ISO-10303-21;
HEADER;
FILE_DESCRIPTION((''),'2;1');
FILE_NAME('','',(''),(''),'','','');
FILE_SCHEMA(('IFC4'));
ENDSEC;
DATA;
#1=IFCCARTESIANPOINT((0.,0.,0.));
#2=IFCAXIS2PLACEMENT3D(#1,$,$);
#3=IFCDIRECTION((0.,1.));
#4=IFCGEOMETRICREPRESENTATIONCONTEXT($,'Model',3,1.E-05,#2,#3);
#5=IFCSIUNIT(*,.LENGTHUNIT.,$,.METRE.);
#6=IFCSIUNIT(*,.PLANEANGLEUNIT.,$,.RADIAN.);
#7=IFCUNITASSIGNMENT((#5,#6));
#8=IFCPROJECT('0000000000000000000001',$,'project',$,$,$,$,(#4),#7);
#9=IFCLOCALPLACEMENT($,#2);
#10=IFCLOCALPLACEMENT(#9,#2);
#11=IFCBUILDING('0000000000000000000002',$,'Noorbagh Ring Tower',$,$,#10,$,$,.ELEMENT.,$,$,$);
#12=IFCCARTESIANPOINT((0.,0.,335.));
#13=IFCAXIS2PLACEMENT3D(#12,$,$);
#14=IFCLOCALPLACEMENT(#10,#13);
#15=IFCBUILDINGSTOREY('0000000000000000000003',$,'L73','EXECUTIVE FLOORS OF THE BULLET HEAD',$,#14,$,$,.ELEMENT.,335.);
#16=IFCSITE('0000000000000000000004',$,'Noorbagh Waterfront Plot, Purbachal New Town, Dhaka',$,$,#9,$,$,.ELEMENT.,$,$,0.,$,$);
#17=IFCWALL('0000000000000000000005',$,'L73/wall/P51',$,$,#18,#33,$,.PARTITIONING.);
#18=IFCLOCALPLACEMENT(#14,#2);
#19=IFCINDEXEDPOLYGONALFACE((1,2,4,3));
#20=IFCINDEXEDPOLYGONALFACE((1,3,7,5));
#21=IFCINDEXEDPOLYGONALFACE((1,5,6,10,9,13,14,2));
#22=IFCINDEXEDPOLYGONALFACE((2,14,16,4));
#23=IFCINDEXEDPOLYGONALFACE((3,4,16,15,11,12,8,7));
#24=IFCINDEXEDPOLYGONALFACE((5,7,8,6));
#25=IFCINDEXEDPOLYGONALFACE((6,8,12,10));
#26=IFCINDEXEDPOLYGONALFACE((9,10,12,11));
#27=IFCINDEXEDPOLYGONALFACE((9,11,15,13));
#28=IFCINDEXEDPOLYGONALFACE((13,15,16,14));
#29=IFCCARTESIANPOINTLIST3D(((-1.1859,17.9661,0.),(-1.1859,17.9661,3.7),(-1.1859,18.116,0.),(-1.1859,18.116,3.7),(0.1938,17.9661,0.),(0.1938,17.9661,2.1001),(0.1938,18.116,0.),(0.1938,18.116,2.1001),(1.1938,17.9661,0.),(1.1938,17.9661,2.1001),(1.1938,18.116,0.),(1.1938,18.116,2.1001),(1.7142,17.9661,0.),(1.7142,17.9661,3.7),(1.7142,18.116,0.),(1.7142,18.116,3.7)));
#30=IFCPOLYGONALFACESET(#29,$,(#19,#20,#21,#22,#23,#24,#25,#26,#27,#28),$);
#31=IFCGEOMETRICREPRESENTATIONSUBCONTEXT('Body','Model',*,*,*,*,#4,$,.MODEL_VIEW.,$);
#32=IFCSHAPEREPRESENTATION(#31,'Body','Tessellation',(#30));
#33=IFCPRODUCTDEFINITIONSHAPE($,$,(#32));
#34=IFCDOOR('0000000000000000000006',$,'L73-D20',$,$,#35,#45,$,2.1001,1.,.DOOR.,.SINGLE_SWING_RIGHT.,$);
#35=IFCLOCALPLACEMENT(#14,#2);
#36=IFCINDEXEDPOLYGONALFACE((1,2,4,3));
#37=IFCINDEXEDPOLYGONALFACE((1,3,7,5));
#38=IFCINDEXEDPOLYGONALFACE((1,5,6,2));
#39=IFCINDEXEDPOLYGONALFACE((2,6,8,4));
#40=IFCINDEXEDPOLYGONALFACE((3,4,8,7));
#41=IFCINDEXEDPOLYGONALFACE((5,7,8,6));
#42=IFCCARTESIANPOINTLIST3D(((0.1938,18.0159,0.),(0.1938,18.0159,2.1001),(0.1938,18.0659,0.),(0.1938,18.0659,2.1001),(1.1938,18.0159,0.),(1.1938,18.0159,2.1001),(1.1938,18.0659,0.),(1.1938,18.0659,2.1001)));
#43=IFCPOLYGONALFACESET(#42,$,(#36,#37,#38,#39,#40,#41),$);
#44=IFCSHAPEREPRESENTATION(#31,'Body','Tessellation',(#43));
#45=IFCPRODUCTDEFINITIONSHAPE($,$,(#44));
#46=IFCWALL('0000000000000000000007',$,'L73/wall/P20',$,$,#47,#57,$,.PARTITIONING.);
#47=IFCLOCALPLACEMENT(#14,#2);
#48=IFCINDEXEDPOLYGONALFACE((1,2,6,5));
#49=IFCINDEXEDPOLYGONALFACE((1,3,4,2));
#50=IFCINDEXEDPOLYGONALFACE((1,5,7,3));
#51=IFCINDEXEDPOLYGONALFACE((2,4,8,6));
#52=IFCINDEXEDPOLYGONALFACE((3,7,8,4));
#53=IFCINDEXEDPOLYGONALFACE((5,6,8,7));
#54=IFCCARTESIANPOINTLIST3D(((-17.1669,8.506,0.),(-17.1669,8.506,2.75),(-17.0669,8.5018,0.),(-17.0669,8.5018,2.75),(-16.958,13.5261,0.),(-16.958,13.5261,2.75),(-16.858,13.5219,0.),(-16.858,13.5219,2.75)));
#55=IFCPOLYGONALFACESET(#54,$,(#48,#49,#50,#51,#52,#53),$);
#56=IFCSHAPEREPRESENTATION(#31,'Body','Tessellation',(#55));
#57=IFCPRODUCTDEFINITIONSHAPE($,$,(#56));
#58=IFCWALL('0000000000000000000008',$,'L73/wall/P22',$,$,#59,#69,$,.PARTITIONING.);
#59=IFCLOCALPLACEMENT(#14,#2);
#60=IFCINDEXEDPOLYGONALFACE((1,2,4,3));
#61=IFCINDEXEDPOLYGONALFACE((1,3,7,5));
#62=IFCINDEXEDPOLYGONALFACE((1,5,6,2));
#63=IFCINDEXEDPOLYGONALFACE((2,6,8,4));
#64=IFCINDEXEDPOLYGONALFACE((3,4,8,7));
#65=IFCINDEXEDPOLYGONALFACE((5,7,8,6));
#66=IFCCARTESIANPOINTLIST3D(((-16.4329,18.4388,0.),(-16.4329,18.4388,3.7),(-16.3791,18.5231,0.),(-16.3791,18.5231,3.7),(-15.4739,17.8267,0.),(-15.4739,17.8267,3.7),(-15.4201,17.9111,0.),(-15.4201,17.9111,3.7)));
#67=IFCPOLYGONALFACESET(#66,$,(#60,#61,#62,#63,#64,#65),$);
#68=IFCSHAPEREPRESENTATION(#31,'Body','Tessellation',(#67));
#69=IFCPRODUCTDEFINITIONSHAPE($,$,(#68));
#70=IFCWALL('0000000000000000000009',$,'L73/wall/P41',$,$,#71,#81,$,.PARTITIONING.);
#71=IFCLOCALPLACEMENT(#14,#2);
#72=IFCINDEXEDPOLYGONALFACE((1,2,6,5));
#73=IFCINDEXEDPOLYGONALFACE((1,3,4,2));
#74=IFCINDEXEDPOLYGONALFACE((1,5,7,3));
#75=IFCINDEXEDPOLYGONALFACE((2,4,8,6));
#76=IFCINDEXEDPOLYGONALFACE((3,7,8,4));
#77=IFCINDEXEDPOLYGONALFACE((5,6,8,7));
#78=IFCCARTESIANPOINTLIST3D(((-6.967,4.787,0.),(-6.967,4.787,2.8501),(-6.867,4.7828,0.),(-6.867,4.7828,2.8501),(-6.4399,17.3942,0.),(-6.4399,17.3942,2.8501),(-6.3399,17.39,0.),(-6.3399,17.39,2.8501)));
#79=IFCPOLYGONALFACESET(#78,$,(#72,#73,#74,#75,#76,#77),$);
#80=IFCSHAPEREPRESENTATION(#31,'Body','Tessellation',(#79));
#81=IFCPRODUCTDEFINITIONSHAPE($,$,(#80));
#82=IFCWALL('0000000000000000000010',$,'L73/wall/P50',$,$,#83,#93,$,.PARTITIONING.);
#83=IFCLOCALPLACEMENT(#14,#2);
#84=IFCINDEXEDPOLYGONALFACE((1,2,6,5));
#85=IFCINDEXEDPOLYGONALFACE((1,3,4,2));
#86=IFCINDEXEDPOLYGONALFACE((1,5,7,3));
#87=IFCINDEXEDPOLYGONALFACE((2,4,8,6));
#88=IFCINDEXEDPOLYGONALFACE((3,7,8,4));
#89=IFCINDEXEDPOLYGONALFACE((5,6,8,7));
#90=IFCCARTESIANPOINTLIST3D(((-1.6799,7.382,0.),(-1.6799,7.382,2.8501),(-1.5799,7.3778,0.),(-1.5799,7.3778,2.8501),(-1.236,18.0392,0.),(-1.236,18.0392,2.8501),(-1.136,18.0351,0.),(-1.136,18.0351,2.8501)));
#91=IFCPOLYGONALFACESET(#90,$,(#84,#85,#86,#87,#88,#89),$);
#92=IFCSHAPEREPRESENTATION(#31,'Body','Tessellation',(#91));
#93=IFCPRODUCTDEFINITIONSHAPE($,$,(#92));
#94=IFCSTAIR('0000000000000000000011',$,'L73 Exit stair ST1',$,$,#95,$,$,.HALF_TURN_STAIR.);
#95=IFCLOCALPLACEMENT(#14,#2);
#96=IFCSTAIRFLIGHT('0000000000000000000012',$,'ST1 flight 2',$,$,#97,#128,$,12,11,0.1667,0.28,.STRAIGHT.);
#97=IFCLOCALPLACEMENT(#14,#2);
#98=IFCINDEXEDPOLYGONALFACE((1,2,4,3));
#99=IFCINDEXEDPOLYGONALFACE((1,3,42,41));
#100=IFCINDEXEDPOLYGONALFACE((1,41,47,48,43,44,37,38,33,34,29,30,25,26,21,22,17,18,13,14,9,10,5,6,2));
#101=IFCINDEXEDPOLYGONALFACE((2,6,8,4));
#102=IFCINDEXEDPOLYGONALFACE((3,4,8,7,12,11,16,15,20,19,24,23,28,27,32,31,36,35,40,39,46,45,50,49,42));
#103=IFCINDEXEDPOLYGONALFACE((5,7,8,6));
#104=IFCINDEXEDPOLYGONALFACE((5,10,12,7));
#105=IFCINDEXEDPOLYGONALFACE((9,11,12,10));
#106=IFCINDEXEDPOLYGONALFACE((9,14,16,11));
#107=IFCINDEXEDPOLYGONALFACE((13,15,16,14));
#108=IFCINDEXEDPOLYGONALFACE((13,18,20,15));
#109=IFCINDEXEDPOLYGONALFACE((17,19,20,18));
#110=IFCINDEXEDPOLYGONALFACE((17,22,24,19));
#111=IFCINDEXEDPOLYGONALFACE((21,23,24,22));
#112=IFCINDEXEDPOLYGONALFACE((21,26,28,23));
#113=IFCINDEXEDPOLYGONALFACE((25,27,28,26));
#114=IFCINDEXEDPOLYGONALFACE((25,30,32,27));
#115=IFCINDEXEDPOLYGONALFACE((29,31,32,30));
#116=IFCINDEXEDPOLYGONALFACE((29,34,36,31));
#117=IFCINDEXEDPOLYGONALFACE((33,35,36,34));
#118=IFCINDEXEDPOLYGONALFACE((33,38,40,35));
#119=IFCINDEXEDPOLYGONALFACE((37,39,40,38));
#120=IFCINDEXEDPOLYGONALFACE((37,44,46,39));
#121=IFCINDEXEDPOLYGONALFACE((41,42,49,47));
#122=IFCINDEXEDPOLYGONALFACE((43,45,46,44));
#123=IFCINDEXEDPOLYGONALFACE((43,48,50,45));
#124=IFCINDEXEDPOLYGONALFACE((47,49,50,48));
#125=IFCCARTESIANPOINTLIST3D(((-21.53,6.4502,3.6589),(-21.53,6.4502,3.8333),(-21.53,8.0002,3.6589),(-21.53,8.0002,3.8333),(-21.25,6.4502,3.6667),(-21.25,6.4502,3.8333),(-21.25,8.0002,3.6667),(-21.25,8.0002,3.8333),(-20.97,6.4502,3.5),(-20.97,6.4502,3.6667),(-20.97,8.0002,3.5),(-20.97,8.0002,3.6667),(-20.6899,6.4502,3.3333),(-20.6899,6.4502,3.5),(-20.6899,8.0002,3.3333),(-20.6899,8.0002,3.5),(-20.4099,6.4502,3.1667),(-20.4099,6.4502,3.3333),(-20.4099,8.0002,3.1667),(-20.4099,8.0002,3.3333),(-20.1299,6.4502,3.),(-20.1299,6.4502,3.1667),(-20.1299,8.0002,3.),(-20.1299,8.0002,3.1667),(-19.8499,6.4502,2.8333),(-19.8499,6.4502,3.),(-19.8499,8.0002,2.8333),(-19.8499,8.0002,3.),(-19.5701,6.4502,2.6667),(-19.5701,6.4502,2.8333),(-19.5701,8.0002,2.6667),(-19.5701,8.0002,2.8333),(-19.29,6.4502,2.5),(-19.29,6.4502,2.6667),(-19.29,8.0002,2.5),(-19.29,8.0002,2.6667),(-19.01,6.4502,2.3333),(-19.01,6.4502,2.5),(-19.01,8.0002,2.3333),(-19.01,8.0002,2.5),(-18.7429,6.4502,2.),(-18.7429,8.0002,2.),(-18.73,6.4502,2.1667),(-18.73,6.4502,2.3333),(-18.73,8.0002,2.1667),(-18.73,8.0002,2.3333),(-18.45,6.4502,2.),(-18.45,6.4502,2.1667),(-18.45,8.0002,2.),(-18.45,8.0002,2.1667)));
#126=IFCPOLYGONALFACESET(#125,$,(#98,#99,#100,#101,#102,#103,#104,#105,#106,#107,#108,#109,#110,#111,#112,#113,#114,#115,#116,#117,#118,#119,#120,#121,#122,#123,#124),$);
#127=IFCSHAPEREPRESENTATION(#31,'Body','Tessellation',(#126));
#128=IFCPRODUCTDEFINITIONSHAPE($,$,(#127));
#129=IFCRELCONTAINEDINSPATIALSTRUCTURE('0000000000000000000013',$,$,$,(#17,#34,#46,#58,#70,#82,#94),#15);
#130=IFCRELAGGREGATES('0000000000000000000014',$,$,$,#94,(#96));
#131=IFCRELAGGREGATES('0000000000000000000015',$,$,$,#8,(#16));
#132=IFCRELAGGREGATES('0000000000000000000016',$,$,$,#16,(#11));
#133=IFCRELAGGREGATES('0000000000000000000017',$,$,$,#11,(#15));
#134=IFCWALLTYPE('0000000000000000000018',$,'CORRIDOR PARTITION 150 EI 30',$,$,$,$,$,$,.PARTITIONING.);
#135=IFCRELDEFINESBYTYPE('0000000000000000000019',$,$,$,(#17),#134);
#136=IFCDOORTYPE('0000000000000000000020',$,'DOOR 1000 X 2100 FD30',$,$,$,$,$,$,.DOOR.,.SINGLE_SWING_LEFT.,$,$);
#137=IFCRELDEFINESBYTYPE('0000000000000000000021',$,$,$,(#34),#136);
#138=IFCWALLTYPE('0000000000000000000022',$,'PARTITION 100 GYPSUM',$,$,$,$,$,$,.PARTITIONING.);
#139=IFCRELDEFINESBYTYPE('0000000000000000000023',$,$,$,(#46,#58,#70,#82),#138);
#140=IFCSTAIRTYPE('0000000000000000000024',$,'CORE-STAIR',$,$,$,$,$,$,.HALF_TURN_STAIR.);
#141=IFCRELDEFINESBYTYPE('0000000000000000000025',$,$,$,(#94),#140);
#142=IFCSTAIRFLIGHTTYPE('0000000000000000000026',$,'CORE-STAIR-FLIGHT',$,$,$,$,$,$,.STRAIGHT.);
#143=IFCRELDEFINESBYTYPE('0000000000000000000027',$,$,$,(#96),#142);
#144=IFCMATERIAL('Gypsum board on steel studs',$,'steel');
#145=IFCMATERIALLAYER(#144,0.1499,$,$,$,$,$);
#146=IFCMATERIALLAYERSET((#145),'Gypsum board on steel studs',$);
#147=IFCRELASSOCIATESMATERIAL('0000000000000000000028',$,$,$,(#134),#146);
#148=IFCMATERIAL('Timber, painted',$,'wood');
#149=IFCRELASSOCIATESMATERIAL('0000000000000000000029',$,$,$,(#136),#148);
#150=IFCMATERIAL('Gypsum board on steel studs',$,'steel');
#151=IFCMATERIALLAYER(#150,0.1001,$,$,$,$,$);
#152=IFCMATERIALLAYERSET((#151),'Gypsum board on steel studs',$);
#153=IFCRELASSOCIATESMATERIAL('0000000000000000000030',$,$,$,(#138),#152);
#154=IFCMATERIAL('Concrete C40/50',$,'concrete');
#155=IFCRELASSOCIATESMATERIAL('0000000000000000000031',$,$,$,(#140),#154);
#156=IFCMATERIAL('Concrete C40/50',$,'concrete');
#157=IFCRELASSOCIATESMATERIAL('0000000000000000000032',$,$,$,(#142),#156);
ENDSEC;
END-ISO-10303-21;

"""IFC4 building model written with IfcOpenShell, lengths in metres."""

from ifc_helpers import new_model, si_unit, direction, frame, frame_2d, origin, place, context, subcontext, project, spatial, polyline, rectangle, outline, extrude, material, layer, layer_set, type_object, element, fill, aggregate, save


model = new_model("IFC4")

# Units and contexts
model_context = context("Model", 3, precision=1e-05, world=origin(), true_north=direction((0.0, 1.0)))
body_context = subcontext(model_context, "Body", "Model", "MODEL_VIEW")
ifc_project = project(units=[si_unit("LENGTHUNIT", "METRE"), si_unit("PLANEANGLEUNIT", "RADIAN")], contexts=[model_context])

# Site, building, storey
site_placement = place(None, origin())
site = spatial("IfcSite", under=ifc_project, at=site_placement, Name="Noorbagh Waterfront Plot, Purbachal New Town, Dhaka", CompositionType="ELEMENT", RefElevation=0.0)
building_placement = place(site_placement, origin())
building = spatial("IfcBuilding", under=site, at=building_placement, Name="Noorbagh Ring Tower", CompositionType="ELEMENT")
storey_placement = place(building_placement, frame((0.0, 0.0, 335.0)))
storey = spatial("IfcBuildingStorey", under=building, at=storey_placement, Name="L73", Description="EXECUTIVE FLOORS OF THE BULLET HEAD", CompositionType="ELEMENT", Elevation=335.0)

# Shared definitions
ifc_material_1 = material(Name="Gypsum board on steel studs", Category="steel")
ifc_layer_1 = layer(ifc_material_1, 0.1499)
ifc_layer_set_1 = layer_set([ifc_layer_1], Name="Gypsum board on steel studs")
wall_type_1 = type_object("IfcWallType", Name="CORRIDOR PARTITION 150 EI 30", PredefinedType="PARTITIONING", material=ifc_layer_set_1)

# Shared definitions
ifc_material_2 = material(Name="Timber, painted", Category="wood")
door_type_1 = type_object("IfcDoorType", Name="DOOR 1000 X 2100 FD30", OperationType="SINGLE_SWING_LEFT", PredefinedType="DOOR", material=ifc_material_2)

# Wall, opening, door
wall_1_placement = place(storey_placement, frame((-1.186, 18.041, 0.0), z_axis=(0.0, 0.0, 1.0), x_axis=(1.0, 0.0, 0.0)))
wall_1 = element("IfcWall", 1, at=wall_1_placement, inside=storey, type_object=wall_type_1, Name="L73/wall/P51", PredefinedType="PARTITIONING", context=body_context, shape_type="SweptSolid", body=[
    extrude(rectangle(XDim=2.9001, YDim=0.1499, at=frame_2d((1.4502, 0.0))), origin(), (0.0, 0.0, 1.0), 3.7),
])
opening_1_placement = place(wall_1_placement, frame((1.3799, 0.0, 0.0)))
opening_1 = element("IfcOpeningElement", 2, at=opening_1_placement, cuts=wall_1, PredefinedType="OPENING", context=body_context, shape_type="SweptSolid", body=[
    extrude(rectangle(XDim=1.0, YDim=2.1001, at=frame_2d((0.5, 1.05))), frame((0.0, 0.085, 0.0), z_axis=(0.0, -1.0, 0.0), x_axis=(1.0, 0.0, 0.0)), (0.0, 0.0, 1.0), 0.1699),
])
door_1_placement = place(opening_1_placement, origin())
door_1 = element("IfcDoor", 3, at=door_1_placement, inside=storey, type_object=door_type_1, Name="L73-D20", OperationType="SINGLE_SWING_RIGHT", OverallHeight=2.1001, OverallWidth=1.0, PredefinedType="DOOR", context=body_context, shape_type="SweptSolid", body=[
    extrude(rectangle(XDim=1.0, YDim=2.1001, at=frame_2d((0.5, 1.05))), frame((0.0, 0.0249, 0.0), z_axis=(0.0, -1.0, 0.0), x_axis=(1.0, 0.0, 0.0)), (0.0, 0.0, 1.0), 0.05),
])
fill(opening_1, door_1)

# Walls
ifc_material_3 = material(Name="Gypsum board on steel studs", Category="steel")
ifc_layer_2 = layer(ifc_material_3, 0.1001)
ifc_layer_set_2 = layer_set([ifc_layer_2], Name="Gypsum board on steel studs")
wall_type_2 = type_object("IfcWallType", Name="PARTITION 100 GYPSUM", PredefinedType="PARTITIONING", material=ifc_layer_set_2)
wall_2_placement = place(storey_placement, frame((-17.1169, 8.5039, 0.0), z_axis=(0.0, 0.0, 1.0), x_axis=(0.041594, 0.999135, 0.0)))
element("IfcWall", 4, at=wall_2_placement, inside=storey, type_object=wall_type_2, Name="L73/wall/P20", PredefinedType="PARTITIONING", context=body_context, shape_type="SweptSolid", body=[
    extrude(rectangle(XDim=5.0244, YDim=0.1001, at=frame_2d((2.5122, 0.0))), origin(), (0.0, 0.0, 1.0), 2.75),
])
wall_3_placement = place(storey_placement, frame((-16.406, 18.481, 0.0), z_axis=(0.0, 0.0, 1.0), x_axis=(0.842945, -0.538, 0.0)))
element("IfcWall", 5, at=wall_3_placement, inside=storey, type_object=wall_type_2, Name="L73/wall/P22", PredefinedType="PARTITIONING", context=body_context, shape_type="SweptSolid", body=[
    extrude(rectangle(XDim=1.1377, YDim=0.1001, at=frame_2d((0.5688, 0.0))), origin(), (0.0, 0.0, 1.0), 3.7),
])
wall_4_placement = place(storey_placement, frame((-6.917, 4.7849, 0.0), z_axis=(0.0, 0.0, 1.0), x_axis=(0.041773, 0.999127, 0.0)))
element("IfcWall", 6, at=wall_4_placement, inside=storey, type_object=wall_type_2, Name="L73/wall/P41", PredefinedType="PARTITIONING", context=body_context, shape_type="SweptSolid", body=[
    extrude(rectangle(XDim=12.6182, YDim=0.1001, at=frame_2d((6.3091, 0.0))), origin(), (0.0, 0.0, 1.0), 2.8501),
])
wall_5_placement = place(storey_placement, frame((-1.6299, 7.3799, 0.0), z_axis=(0.0, 0.0, 1.0), x_axis=(0.041612, 0.999134, 0.0)))
element("IfcWall", 7, at=wall_5_placement, inside=storey, type_object=wall_type_2, Name="L73/wall/P50", PredefinedType="PARTITIONING", context=body_context, shape_type="SweptSolid", body=[
    extrude(rectangle(XDim=10.6665, YDim=0.1001, at=frame_2d((5.3333, 0.0))), origin(), (0.0, 0.0, 1.0), 2.8501),
])

# Stair, stair flight
ifc_material_4 = material(Name="Concrete C40/50", Category="concrete")
stair_type = type_object("IfcStairType", Name="CORE-STAIR", PredefinedType="HALF_TURN_STAIR", material=ifc_material_4)
stair_placement = place(storey_placement, origin())
stair = element("IfcStair", 8, at=stair_placement, inside=storey, type_object=stair_type, Name="L73 Exit stair ST1", PredefinedType="HALF_TURN_STAIR")
ifc_material_5 = material(Name="Concrete C40/50", Category="concrete")
stair_flight_type = type_object("IfcStairFlightType", Name="CORE-STAIR-FLIGHT", PredefinedType="STRAIGHT", material=ifc_material_5)
stair_flight_placement = place(storey_placement, frame((-18.45, 7.2251, 2.0), z_axis=(0.0, 0.0, 1.0), x_axis=(-1.0, 0.0, 0.0)))
stair_flight = element("IfcStairFlight", 9, at=stair_flight_placement, type_object=stair_flight_type, Name="ST1 flight 2", NumberOfRisers=12, NumberOfTreads=11, PredefinedType="STRAIGHT", RiserHeight=0.1667, TreadLength=0.28, context=body_context, shape_type="SweptSolid", body=[
    extrude(outline(polyline([(0.0, 0.0), (0.0, 0.1667), (0.28, 0.1667), (0.28, 0.3333), (0.5601, 0.3333), (0.5601, 0.5), (0.8401, 0.5), (0.8401, 0.6667), (1.1201, 0.6667), (1.1201, 0.8333), (1.3999, 0.8333), (1.3999, 1.0), (1.6799, 1.0), (1.6799, 1.1667), (1.96, 1.1667), (1.96, 1.3333), (2.24, 1.3333), (2.24, 1.5), (2.52, 1.5), (2.52, 1.6667), (2.8, 1.6667), (2.8, 1.8333), (3.0801, 1.8333), (3.0801, 2.0), (3.0801, 1.6589), (0.293, 0.0), (0.0, 0.0)])), frame((0.0, 0.7749, 0.0), z_axis=(0.0, -1.0, 0.0), x_axis=(1.0, 0.0, 0.0)), (0.0, 0.0, 1.0), 1.55),
])
aggregate(stair, [stair_flight])

save(model, "model.ifc")
